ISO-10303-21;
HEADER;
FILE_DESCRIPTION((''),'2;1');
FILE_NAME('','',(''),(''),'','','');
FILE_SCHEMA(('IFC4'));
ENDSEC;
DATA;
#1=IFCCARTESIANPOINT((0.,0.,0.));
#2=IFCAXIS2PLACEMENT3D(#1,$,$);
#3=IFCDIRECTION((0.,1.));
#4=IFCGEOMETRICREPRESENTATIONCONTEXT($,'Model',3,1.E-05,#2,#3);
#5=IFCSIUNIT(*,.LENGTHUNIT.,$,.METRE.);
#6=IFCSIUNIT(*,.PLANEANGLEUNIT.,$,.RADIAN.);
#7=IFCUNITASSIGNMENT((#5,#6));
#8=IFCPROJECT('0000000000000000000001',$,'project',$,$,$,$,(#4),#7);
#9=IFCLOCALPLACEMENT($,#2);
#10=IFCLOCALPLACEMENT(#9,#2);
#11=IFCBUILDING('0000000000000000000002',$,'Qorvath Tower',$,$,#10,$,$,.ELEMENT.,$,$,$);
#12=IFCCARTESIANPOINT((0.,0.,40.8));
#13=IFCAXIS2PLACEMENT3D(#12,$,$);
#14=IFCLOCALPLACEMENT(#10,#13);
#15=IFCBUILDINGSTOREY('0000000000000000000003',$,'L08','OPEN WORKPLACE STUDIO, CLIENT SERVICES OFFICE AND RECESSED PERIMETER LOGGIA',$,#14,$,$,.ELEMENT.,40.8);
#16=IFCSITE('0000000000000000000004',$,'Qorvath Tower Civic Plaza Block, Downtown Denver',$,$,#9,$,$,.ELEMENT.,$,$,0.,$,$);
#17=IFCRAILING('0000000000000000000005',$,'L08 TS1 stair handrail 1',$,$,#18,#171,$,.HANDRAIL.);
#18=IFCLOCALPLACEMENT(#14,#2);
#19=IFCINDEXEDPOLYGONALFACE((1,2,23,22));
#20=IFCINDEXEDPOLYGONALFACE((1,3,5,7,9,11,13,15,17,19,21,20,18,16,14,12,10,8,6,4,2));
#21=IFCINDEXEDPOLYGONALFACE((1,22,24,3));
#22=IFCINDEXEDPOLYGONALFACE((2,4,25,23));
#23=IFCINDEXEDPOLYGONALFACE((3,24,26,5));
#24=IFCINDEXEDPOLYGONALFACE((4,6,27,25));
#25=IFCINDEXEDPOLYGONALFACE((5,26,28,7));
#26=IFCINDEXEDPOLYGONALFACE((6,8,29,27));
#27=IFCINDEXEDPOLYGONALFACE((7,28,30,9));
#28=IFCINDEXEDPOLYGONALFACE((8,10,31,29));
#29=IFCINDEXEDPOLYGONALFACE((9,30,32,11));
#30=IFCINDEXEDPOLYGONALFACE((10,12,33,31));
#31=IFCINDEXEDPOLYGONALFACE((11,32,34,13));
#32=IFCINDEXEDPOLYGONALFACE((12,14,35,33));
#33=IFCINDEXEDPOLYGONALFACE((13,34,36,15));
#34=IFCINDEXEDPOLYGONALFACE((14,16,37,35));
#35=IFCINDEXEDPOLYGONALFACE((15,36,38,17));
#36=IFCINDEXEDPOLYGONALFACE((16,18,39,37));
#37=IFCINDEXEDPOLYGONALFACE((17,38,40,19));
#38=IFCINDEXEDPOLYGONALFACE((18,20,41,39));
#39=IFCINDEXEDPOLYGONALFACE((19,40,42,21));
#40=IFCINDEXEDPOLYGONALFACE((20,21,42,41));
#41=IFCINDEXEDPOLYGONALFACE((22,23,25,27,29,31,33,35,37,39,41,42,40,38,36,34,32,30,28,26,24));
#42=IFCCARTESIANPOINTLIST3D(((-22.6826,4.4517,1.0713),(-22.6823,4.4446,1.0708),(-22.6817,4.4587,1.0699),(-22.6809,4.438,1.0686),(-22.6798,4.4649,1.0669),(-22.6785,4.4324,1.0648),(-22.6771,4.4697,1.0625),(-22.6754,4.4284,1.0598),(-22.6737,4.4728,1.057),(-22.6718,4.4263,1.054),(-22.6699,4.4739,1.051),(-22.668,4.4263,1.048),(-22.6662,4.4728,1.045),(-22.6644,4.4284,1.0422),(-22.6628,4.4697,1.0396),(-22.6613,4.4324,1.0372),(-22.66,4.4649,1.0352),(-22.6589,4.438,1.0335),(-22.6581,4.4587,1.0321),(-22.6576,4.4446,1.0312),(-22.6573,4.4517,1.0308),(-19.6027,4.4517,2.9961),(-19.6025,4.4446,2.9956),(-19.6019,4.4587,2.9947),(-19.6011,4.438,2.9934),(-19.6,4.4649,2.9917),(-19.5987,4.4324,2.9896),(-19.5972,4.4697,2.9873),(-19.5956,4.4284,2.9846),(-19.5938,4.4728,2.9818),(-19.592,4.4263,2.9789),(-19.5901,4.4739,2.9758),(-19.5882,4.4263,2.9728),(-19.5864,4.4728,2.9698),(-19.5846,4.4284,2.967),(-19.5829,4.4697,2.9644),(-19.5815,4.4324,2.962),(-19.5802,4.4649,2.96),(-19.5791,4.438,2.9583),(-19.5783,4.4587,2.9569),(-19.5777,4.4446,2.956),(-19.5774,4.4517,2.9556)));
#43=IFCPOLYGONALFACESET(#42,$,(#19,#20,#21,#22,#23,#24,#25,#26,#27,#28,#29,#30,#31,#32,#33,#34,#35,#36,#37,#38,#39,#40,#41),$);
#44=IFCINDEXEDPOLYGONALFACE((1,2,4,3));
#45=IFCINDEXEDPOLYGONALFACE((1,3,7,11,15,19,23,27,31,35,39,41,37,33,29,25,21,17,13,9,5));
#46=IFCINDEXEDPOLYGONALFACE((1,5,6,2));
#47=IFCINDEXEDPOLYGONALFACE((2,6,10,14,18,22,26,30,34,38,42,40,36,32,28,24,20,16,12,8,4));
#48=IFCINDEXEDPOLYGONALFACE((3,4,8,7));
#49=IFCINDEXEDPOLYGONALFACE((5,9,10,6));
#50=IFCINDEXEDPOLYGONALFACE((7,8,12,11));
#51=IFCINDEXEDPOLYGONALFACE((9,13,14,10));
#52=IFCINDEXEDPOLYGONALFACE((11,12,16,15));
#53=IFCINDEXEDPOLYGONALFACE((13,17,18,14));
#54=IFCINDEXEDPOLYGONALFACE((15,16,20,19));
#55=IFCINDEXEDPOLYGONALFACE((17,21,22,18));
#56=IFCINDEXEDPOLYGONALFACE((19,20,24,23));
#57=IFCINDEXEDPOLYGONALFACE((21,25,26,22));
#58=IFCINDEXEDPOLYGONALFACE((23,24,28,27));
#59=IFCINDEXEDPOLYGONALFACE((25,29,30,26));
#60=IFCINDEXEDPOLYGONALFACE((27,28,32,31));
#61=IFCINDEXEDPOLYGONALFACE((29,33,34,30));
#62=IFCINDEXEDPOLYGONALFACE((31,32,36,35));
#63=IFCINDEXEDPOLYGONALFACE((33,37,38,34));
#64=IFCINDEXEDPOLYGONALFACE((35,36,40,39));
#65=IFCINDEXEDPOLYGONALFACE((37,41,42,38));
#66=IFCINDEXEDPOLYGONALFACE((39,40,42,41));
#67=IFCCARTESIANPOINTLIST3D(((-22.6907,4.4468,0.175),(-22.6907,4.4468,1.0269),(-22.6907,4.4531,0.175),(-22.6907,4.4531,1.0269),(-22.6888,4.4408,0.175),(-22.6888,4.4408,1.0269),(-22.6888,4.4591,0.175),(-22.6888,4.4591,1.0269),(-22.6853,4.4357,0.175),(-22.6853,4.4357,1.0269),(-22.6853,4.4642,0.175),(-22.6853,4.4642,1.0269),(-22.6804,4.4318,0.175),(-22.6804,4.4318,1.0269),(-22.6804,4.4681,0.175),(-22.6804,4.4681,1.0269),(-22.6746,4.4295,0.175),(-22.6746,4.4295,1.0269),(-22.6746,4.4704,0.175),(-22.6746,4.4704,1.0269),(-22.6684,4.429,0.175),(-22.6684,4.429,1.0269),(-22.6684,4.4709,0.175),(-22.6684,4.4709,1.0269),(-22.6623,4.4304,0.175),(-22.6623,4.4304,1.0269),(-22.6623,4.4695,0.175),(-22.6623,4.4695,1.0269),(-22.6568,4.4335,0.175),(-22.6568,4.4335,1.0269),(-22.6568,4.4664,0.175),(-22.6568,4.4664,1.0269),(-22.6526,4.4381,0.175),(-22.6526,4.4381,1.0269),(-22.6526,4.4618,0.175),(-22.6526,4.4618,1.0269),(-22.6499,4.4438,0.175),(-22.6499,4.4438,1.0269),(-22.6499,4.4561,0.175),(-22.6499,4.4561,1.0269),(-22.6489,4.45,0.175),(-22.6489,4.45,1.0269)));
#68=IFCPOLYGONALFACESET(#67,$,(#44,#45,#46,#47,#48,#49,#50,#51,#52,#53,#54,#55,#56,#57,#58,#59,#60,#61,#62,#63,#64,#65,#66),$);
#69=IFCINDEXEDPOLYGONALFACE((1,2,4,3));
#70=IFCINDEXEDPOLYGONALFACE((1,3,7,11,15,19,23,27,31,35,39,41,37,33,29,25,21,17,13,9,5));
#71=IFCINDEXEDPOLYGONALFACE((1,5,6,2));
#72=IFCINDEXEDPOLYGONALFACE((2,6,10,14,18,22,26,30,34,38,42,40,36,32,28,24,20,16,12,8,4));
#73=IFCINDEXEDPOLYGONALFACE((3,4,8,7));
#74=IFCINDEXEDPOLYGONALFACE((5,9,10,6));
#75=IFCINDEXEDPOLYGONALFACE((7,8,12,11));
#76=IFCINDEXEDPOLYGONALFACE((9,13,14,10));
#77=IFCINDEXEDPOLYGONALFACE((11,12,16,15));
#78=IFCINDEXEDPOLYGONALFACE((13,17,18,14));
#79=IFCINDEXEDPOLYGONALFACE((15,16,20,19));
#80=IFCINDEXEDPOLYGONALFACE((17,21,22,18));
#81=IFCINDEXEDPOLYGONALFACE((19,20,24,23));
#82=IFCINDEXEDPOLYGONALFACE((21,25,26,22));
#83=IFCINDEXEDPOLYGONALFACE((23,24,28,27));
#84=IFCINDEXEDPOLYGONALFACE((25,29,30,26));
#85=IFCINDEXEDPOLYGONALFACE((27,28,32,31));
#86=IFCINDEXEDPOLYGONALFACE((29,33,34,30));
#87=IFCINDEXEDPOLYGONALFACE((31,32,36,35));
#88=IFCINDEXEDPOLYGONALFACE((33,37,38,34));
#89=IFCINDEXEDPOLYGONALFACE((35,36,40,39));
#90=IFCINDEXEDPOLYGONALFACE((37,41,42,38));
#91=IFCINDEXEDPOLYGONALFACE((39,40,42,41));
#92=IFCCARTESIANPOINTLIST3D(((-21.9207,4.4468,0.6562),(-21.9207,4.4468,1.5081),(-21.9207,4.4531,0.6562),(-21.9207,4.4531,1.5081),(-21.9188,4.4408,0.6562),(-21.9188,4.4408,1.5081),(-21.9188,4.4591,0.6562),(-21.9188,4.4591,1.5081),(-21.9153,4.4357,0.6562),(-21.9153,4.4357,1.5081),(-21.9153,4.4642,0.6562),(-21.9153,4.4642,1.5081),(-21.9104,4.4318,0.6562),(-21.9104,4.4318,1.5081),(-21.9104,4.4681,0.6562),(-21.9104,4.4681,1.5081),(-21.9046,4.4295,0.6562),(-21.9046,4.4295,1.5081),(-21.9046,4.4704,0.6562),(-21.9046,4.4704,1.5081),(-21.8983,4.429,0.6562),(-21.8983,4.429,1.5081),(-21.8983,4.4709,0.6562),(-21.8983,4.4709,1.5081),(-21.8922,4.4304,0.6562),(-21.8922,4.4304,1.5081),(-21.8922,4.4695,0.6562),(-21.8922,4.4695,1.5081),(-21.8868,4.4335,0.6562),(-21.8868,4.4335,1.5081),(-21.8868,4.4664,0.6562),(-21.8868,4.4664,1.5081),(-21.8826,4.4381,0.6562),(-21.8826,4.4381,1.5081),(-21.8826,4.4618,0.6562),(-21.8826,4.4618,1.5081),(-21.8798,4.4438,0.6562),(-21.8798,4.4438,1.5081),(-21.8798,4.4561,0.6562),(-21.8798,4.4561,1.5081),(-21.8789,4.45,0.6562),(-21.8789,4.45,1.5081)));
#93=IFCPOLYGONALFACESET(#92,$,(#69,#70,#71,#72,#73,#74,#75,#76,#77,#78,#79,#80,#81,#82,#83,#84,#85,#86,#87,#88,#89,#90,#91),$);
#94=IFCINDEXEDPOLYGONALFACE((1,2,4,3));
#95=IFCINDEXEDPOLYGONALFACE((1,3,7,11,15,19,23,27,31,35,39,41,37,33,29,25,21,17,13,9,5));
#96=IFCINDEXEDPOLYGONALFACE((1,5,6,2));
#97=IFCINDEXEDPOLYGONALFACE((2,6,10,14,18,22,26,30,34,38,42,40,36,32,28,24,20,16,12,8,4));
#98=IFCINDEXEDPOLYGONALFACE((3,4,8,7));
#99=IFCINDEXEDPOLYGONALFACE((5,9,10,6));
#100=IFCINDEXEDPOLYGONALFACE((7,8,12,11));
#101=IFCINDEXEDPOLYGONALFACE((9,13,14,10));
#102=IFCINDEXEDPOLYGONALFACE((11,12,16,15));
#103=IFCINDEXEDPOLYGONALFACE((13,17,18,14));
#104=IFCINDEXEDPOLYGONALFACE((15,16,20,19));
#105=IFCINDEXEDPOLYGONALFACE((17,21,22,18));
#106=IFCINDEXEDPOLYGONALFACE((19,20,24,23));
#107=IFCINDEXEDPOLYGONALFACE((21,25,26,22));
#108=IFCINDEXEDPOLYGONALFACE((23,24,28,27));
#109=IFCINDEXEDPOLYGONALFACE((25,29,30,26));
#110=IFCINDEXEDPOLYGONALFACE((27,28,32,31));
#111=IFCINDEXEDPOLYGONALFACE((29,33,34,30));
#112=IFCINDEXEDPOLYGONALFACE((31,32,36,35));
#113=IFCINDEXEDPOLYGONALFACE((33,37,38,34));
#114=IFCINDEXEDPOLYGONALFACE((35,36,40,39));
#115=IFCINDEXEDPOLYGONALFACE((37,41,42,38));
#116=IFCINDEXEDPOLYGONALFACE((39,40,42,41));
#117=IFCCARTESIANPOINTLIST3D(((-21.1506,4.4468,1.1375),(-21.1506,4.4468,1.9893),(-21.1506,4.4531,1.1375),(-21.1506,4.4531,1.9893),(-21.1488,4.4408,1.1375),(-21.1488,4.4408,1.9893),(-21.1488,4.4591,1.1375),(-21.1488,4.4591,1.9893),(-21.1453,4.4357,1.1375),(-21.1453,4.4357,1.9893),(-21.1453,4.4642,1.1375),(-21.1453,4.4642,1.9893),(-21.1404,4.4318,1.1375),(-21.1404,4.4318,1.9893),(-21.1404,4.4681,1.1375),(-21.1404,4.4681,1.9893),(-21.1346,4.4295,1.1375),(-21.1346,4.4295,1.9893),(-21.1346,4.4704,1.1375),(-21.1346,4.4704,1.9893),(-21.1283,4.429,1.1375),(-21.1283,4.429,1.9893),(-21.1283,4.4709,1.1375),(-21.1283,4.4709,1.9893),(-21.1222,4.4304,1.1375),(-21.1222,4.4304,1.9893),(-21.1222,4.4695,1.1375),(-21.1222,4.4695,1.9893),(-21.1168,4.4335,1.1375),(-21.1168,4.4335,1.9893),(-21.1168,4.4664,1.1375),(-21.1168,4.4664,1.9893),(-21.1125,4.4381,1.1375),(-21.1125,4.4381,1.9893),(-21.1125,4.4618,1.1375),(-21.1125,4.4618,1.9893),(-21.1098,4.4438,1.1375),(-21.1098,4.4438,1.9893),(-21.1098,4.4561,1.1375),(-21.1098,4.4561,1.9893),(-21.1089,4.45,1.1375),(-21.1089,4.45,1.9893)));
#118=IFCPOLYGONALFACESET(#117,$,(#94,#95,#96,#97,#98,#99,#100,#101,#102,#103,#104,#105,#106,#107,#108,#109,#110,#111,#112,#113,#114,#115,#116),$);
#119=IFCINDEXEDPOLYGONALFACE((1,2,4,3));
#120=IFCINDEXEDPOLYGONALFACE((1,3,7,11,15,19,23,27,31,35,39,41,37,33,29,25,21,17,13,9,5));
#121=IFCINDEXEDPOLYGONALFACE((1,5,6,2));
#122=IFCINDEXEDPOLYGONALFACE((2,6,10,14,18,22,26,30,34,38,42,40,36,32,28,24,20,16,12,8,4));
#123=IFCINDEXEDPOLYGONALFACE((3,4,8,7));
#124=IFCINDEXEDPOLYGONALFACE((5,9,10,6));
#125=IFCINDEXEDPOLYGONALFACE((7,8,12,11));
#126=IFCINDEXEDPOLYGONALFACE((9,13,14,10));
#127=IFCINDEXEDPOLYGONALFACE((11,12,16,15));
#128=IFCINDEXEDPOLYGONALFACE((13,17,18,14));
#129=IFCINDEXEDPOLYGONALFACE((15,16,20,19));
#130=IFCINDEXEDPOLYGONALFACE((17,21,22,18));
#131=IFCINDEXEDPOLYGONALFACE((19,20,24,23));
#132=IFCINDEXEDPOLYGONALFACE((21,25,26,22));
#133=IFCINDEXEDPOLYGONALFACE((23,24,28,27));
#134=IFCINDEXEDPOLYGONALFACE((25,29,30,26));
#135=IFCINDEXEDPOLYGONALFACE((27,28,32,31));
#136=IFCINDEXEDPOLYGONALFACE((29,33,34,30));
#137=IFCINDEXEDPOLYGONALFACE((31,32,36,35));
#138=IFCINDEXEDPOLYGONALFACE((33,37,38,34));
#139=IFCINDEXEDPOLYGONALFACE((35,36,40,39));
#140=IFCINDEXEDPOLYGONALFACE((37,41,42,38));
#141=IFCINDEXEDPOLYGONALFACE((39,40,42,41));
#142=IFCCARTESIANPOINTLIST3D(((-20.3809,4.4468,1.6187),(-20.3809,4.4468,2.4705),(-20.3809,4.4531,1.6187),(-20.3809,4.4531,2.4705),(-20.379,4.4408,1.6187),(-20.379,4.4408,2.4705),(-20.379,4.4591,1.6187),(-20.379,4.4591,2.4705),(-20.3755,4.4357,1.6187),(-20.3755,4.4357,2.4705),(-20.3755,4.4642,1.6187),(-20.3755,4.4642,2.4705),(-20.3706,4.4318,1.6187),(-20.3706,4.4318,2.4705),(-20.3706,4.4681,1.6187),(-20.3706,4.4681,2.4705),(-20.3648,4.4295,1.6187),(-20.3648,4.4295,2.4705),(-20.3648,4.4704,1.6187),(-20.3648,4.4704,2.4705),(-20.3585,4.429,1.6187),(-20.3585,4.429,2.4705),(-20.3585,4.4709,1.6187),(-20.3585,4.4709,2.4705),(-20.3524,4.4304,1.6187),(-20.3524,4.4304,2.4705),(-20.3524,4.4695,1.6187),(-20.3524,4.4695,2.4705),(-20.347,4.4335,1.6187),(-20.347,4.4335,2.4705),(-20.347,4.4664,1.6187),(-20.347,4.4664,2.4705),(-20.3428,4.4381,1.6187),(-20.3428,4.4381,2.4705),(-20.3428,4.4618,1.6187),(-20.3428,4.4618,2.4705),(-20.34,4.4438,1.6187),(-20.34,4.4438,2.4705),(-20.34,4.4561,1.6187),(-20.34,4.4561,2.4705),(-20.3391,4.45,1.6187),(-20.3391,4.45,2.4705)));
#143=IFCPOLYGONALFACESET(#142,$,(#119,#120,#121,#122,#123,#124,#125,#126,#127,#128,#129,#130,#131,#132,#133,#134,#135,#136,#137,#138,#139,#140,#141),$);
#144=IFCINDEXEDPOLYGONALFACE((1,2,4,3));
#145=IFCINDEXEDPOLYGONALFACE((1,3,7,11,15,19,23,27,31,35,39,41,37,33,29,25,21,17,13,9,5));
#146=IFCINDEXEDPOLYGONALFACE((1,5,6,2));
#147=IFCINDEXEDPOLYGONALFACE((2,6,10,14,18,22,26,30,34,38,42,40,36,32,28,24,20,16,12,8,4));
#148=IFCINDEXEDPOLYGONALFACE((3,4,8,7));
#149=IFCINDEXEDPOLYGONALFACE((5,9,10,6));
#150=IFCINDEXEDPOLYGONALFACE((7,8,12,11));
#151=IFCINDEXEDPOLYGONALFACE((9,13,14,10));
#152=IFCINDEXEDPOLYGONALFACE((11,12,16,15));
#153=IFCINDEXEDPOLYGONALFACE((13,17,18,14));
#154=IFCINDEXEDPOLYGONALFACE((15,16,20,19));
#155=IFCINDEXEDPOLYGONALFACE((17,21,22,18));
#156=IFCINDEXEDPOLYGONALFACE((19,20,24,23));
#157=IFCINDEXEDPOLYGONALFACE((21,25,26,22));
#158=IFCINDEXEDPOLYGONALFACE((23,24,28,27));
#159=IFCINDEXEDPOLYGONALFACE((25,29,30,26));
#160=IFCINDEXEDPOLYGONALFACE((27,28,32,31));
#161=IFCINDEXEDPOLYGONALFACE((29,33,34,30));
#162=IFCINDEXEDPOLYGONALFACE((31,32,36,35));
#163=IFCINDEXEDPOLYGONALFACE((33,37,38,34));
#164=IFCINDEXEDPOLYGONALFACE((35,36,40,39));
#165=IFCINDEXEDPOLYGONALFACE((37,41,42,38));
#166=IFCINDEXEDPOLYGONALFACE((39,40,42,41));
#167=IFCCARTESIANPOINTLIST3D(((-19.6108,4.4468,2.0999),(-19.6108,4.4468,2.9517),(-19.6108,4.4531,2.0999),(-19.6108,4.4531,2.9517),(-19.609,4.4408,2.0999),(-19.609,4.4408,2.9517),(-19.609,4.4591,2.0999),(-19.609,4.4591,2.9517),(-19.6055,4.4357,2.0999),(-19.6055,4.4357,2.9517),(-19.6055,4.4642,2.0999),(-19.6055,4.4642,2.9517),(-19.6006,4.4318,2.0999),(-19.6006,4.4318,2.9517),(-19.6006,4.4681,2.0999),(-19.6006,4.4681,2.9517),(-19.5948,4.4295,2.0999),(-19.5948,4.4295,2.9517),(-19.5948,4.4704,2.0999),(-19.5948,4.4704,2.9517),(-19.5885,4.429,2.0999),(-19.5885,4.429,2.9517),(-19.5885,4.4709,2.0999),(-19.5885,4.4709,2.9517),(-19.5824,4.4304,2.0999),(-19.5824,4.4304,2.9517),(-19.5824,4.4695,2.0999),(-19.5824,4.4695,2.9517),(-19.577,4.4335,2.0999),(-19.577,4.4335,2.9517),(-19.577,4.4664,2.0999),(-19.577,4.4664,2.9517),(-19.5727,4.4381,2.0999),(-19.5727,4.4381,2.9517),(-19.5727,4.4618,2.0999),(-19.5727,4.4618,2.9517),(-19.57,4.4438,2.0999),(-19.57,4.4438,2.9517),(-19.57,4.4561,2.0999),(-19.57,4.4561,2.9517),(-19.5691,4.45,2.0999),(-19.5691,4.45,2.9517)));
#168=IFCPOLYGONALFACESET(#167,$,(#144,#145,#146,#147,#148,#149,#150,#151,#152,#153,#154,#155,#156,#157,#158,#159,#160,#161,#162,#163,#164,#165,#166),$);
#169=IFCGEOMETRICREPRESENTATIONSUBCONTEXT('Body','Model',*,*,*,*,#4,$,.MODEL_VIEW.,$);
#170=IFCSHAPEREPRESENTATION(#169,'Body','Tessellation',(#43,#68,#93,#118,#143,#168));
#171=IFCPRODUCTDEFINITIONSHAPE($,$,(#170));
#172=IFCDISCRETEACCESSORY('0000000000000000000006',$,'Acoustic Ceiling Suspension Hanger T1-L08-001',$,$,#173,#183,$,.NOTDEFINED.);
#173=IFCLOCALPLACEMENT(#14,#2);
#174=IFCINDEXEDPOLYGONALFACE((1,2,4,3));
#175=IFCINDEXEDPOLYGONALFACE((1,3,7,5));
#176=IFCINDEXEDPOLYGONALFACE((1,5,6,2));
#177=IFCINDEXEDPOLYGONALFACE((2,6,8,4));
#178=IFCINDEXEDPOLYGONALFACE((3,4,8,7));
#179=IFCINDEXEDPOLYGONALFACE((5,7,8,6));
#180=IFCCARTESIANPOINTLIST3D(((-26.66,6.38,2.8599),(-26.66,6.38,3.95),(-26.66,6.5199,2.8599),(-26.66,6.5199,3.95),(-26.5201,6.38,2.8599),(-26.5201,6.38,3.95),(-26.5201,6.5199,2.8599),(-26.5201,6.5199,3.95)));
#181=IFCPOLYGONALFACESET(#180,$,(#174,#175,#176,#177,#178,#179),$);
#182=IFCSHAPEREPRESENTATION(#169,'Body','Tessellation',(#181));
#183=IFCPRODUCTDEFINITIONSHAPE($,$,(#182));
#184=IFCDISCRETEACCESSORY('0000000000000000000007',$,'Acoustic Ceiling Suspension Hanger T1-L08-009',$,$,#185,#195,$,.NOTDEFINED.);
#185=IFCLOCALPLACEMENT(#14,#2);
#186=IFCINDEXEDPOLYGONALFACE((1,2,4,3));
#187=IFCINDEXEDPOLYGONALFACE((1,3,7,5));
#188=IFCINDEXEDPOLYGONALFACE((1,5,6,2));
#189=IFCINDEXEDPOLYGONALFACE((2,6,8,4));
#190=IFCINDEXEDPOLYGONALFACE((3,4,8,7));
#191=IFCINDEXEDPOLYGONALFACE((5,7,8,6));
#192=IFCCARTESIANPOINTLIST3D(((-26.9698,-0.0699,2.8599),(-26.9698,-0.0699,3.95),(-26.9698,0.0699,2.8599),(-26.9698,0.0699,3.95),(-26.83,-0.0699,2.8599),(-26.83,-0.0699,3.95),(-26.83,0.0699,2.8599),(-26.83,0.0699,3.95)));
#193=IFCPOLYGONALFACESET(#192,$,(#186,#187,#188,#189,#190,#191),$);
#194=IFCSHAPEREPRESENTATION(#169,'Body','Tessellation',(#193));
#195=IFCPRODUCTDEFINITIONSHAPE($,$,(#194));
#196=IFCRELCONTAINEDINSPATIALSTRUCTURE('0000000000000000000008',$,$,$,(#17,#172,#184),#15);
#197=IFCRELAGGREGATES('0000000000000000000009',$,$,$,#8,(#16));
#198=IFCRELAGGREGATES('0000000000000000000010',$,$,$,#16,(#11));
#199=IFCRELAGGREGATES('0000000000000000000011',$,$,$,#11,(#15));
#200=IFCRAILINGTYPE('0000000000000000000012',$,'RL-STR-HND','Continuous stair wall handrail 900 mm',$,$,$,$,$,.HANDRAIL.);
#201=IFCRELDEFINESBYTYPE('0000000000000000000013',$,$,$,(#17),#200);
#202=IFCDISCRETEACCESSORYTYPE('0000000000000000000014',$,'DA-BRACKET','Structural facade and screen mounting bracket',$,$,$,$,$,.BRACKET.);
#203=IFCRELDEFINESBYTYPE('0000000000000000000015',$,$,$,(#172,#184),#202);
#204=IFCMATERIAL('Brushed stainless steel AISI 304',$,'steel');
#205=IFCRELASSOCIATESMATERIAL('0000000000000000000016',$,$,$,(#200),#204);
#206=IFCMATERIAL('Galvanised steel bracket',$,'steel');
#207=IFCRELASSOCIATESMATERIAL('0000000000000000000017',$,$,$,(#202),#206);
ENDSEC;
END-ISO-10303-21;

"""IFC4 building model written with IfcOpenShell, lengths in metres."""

from ifc_helpers import new_model, si_unit, direction, frame, origin, origin_2d, place, context, subcontext, project, spatial, rectangle, circle, extrude, material, type_object, element, save


model = new_model("IFC4")

# Units and contexts
model_context = context("Model", 3, precision=1e-05, world=origin(), true_north=direction((0.0, 1.0)))
body_context = subcontext(model_context, "Body", "Model", "MODEL_VIEW")
ifc_project = project(units=[si_unit("LENGTHUNIT", "METRE"), si_unit("PLANEANGLEUNIT", "RADIAN")], contexts=[model_context])

# Site, building, storey
site_placement = place(None, origin())
site = spatial("IfcSite", under=ifc_project, at=site_placement, Name="Qorvath Tower Civic Plaza Block, Downtown Denver", CompositionType="ELEMENT", RefElevation=0.0)
building_placement = place(site_placement, origin())
building = spatial("IfcBuilding", under=site, at=building_placement, Name="Qorvath Tower", CompositionType="ELEMENT")
storey_placement = place(building_placement, frame((0.0, 0.0, 40.8)))
storey = spatial("IfcBuildingStorey", under=building, at=storey_placement, Name="L08", Description="OPEN WORKPLACE STUDIO, CLIENT SERVICES OFFICE AND RECESSED PERIMETER LOGGIA", CompositionType="ELEMENT", Elevation=40.8)

# Railing
ifc_material_1 = material(Name="Brushed stainless steel AISI 304", Category="steel")
railing_type_1 = type_object("IfcRailingType", Name="RL-STR-HND", Description="Continuous stair wall handrail 900 mm", PredefinedType="HANDRAIL", material=ifc_material_1)
railing_1_placement = place(storey_placement, frame((-22.6699, 4.45, 0.175)))
element("IfcRailing", 1, at=railing_1_placement, inside=storey, type_object=railing_type_1, Name="L08 TS1 stair handrail 1", PredefinedType="HANDRAIL", context=body_context, shape_type="SweptSolid", body=[
    extrude(circle(Radius=0.0239, at=origin_2d()), frame((0.0, 0.0, 0.876), z_axis=(0.84801, 0.0, 0.529981), x_axis=(0.0, 1.0, 0.0)), (0.0, 0.0, 1.0), 3.6318),
    extrude(circle(Radius=0.021, at=origin_2d()), origin(), (0.0, 0.0, 1.0), 0.8518),
    extrude(circle(Radius=0.021, at=origin_2d()), frame((0.77, 0.0, 0.4812)), (0.0, 0.0, 1.0), 0.8518),
    extrude(circle(Radius=0.021, at=origin_2d()), frame((1.54, 0.0, 0.9624)), (0.0, 0.0, 1.0), 0.8518),
    extrude(circle(Radius=0.021, at=origin_2d()), frame((2.3098, 0.0, 1.4436)), (0.0, 0.0, 1.0), 0.8518),
    extrude(circle(Radius=0.021, at=origin_2d()), frame((3.0798, 0.0, 1.9248)), (0.0, 0.0, 1.0), 0.8518),
])

# Discrete accessories
ifc_material_2 = material(Name="Galvanised steel bracket", Category="steel")
discrete_accessory_type = type_object("IfcDiscreteAccessoryType", Name="DA-BRACKET", Description="Structural facade and screen mounting bracket", PredefinedType="BRACKET", material=ifc_material_2)
for number, where, z_axis, x_axis, name in (
    (2, (-26.5901, 6.45, 2.8599), (0.0, 0.0, 1.0), (1.0, 0.0, 0.0), "Acoustic Ceiling Suspension Hanger T1-L08-001"),
    (3, (-26.8999, 0.0, 2.8599), (0.0, 0.0, 1.0), (1.0, 0.0, 0.0), "Acoustic Ceiling Suspension Hanger T1-L08-009"),
):
    element("IfcDiscreteAccessory", number, at=place(storey_placement, frame(where, z_axis=z_axis, x_axis=x_axis)), inside=storey, type_object=discrete_accessory_type, Name=name, PredefinedType="NOTDEFINED", context=body_context, shape_type="SweptSolid", body=[
        extrude(rectangle(XDim=0.1399, YDim=0.1399, at=origin_2d()), origin(), (0.0, 0.0, 1.0), 1.0901),
    ])

save(model, "model.ifc")
